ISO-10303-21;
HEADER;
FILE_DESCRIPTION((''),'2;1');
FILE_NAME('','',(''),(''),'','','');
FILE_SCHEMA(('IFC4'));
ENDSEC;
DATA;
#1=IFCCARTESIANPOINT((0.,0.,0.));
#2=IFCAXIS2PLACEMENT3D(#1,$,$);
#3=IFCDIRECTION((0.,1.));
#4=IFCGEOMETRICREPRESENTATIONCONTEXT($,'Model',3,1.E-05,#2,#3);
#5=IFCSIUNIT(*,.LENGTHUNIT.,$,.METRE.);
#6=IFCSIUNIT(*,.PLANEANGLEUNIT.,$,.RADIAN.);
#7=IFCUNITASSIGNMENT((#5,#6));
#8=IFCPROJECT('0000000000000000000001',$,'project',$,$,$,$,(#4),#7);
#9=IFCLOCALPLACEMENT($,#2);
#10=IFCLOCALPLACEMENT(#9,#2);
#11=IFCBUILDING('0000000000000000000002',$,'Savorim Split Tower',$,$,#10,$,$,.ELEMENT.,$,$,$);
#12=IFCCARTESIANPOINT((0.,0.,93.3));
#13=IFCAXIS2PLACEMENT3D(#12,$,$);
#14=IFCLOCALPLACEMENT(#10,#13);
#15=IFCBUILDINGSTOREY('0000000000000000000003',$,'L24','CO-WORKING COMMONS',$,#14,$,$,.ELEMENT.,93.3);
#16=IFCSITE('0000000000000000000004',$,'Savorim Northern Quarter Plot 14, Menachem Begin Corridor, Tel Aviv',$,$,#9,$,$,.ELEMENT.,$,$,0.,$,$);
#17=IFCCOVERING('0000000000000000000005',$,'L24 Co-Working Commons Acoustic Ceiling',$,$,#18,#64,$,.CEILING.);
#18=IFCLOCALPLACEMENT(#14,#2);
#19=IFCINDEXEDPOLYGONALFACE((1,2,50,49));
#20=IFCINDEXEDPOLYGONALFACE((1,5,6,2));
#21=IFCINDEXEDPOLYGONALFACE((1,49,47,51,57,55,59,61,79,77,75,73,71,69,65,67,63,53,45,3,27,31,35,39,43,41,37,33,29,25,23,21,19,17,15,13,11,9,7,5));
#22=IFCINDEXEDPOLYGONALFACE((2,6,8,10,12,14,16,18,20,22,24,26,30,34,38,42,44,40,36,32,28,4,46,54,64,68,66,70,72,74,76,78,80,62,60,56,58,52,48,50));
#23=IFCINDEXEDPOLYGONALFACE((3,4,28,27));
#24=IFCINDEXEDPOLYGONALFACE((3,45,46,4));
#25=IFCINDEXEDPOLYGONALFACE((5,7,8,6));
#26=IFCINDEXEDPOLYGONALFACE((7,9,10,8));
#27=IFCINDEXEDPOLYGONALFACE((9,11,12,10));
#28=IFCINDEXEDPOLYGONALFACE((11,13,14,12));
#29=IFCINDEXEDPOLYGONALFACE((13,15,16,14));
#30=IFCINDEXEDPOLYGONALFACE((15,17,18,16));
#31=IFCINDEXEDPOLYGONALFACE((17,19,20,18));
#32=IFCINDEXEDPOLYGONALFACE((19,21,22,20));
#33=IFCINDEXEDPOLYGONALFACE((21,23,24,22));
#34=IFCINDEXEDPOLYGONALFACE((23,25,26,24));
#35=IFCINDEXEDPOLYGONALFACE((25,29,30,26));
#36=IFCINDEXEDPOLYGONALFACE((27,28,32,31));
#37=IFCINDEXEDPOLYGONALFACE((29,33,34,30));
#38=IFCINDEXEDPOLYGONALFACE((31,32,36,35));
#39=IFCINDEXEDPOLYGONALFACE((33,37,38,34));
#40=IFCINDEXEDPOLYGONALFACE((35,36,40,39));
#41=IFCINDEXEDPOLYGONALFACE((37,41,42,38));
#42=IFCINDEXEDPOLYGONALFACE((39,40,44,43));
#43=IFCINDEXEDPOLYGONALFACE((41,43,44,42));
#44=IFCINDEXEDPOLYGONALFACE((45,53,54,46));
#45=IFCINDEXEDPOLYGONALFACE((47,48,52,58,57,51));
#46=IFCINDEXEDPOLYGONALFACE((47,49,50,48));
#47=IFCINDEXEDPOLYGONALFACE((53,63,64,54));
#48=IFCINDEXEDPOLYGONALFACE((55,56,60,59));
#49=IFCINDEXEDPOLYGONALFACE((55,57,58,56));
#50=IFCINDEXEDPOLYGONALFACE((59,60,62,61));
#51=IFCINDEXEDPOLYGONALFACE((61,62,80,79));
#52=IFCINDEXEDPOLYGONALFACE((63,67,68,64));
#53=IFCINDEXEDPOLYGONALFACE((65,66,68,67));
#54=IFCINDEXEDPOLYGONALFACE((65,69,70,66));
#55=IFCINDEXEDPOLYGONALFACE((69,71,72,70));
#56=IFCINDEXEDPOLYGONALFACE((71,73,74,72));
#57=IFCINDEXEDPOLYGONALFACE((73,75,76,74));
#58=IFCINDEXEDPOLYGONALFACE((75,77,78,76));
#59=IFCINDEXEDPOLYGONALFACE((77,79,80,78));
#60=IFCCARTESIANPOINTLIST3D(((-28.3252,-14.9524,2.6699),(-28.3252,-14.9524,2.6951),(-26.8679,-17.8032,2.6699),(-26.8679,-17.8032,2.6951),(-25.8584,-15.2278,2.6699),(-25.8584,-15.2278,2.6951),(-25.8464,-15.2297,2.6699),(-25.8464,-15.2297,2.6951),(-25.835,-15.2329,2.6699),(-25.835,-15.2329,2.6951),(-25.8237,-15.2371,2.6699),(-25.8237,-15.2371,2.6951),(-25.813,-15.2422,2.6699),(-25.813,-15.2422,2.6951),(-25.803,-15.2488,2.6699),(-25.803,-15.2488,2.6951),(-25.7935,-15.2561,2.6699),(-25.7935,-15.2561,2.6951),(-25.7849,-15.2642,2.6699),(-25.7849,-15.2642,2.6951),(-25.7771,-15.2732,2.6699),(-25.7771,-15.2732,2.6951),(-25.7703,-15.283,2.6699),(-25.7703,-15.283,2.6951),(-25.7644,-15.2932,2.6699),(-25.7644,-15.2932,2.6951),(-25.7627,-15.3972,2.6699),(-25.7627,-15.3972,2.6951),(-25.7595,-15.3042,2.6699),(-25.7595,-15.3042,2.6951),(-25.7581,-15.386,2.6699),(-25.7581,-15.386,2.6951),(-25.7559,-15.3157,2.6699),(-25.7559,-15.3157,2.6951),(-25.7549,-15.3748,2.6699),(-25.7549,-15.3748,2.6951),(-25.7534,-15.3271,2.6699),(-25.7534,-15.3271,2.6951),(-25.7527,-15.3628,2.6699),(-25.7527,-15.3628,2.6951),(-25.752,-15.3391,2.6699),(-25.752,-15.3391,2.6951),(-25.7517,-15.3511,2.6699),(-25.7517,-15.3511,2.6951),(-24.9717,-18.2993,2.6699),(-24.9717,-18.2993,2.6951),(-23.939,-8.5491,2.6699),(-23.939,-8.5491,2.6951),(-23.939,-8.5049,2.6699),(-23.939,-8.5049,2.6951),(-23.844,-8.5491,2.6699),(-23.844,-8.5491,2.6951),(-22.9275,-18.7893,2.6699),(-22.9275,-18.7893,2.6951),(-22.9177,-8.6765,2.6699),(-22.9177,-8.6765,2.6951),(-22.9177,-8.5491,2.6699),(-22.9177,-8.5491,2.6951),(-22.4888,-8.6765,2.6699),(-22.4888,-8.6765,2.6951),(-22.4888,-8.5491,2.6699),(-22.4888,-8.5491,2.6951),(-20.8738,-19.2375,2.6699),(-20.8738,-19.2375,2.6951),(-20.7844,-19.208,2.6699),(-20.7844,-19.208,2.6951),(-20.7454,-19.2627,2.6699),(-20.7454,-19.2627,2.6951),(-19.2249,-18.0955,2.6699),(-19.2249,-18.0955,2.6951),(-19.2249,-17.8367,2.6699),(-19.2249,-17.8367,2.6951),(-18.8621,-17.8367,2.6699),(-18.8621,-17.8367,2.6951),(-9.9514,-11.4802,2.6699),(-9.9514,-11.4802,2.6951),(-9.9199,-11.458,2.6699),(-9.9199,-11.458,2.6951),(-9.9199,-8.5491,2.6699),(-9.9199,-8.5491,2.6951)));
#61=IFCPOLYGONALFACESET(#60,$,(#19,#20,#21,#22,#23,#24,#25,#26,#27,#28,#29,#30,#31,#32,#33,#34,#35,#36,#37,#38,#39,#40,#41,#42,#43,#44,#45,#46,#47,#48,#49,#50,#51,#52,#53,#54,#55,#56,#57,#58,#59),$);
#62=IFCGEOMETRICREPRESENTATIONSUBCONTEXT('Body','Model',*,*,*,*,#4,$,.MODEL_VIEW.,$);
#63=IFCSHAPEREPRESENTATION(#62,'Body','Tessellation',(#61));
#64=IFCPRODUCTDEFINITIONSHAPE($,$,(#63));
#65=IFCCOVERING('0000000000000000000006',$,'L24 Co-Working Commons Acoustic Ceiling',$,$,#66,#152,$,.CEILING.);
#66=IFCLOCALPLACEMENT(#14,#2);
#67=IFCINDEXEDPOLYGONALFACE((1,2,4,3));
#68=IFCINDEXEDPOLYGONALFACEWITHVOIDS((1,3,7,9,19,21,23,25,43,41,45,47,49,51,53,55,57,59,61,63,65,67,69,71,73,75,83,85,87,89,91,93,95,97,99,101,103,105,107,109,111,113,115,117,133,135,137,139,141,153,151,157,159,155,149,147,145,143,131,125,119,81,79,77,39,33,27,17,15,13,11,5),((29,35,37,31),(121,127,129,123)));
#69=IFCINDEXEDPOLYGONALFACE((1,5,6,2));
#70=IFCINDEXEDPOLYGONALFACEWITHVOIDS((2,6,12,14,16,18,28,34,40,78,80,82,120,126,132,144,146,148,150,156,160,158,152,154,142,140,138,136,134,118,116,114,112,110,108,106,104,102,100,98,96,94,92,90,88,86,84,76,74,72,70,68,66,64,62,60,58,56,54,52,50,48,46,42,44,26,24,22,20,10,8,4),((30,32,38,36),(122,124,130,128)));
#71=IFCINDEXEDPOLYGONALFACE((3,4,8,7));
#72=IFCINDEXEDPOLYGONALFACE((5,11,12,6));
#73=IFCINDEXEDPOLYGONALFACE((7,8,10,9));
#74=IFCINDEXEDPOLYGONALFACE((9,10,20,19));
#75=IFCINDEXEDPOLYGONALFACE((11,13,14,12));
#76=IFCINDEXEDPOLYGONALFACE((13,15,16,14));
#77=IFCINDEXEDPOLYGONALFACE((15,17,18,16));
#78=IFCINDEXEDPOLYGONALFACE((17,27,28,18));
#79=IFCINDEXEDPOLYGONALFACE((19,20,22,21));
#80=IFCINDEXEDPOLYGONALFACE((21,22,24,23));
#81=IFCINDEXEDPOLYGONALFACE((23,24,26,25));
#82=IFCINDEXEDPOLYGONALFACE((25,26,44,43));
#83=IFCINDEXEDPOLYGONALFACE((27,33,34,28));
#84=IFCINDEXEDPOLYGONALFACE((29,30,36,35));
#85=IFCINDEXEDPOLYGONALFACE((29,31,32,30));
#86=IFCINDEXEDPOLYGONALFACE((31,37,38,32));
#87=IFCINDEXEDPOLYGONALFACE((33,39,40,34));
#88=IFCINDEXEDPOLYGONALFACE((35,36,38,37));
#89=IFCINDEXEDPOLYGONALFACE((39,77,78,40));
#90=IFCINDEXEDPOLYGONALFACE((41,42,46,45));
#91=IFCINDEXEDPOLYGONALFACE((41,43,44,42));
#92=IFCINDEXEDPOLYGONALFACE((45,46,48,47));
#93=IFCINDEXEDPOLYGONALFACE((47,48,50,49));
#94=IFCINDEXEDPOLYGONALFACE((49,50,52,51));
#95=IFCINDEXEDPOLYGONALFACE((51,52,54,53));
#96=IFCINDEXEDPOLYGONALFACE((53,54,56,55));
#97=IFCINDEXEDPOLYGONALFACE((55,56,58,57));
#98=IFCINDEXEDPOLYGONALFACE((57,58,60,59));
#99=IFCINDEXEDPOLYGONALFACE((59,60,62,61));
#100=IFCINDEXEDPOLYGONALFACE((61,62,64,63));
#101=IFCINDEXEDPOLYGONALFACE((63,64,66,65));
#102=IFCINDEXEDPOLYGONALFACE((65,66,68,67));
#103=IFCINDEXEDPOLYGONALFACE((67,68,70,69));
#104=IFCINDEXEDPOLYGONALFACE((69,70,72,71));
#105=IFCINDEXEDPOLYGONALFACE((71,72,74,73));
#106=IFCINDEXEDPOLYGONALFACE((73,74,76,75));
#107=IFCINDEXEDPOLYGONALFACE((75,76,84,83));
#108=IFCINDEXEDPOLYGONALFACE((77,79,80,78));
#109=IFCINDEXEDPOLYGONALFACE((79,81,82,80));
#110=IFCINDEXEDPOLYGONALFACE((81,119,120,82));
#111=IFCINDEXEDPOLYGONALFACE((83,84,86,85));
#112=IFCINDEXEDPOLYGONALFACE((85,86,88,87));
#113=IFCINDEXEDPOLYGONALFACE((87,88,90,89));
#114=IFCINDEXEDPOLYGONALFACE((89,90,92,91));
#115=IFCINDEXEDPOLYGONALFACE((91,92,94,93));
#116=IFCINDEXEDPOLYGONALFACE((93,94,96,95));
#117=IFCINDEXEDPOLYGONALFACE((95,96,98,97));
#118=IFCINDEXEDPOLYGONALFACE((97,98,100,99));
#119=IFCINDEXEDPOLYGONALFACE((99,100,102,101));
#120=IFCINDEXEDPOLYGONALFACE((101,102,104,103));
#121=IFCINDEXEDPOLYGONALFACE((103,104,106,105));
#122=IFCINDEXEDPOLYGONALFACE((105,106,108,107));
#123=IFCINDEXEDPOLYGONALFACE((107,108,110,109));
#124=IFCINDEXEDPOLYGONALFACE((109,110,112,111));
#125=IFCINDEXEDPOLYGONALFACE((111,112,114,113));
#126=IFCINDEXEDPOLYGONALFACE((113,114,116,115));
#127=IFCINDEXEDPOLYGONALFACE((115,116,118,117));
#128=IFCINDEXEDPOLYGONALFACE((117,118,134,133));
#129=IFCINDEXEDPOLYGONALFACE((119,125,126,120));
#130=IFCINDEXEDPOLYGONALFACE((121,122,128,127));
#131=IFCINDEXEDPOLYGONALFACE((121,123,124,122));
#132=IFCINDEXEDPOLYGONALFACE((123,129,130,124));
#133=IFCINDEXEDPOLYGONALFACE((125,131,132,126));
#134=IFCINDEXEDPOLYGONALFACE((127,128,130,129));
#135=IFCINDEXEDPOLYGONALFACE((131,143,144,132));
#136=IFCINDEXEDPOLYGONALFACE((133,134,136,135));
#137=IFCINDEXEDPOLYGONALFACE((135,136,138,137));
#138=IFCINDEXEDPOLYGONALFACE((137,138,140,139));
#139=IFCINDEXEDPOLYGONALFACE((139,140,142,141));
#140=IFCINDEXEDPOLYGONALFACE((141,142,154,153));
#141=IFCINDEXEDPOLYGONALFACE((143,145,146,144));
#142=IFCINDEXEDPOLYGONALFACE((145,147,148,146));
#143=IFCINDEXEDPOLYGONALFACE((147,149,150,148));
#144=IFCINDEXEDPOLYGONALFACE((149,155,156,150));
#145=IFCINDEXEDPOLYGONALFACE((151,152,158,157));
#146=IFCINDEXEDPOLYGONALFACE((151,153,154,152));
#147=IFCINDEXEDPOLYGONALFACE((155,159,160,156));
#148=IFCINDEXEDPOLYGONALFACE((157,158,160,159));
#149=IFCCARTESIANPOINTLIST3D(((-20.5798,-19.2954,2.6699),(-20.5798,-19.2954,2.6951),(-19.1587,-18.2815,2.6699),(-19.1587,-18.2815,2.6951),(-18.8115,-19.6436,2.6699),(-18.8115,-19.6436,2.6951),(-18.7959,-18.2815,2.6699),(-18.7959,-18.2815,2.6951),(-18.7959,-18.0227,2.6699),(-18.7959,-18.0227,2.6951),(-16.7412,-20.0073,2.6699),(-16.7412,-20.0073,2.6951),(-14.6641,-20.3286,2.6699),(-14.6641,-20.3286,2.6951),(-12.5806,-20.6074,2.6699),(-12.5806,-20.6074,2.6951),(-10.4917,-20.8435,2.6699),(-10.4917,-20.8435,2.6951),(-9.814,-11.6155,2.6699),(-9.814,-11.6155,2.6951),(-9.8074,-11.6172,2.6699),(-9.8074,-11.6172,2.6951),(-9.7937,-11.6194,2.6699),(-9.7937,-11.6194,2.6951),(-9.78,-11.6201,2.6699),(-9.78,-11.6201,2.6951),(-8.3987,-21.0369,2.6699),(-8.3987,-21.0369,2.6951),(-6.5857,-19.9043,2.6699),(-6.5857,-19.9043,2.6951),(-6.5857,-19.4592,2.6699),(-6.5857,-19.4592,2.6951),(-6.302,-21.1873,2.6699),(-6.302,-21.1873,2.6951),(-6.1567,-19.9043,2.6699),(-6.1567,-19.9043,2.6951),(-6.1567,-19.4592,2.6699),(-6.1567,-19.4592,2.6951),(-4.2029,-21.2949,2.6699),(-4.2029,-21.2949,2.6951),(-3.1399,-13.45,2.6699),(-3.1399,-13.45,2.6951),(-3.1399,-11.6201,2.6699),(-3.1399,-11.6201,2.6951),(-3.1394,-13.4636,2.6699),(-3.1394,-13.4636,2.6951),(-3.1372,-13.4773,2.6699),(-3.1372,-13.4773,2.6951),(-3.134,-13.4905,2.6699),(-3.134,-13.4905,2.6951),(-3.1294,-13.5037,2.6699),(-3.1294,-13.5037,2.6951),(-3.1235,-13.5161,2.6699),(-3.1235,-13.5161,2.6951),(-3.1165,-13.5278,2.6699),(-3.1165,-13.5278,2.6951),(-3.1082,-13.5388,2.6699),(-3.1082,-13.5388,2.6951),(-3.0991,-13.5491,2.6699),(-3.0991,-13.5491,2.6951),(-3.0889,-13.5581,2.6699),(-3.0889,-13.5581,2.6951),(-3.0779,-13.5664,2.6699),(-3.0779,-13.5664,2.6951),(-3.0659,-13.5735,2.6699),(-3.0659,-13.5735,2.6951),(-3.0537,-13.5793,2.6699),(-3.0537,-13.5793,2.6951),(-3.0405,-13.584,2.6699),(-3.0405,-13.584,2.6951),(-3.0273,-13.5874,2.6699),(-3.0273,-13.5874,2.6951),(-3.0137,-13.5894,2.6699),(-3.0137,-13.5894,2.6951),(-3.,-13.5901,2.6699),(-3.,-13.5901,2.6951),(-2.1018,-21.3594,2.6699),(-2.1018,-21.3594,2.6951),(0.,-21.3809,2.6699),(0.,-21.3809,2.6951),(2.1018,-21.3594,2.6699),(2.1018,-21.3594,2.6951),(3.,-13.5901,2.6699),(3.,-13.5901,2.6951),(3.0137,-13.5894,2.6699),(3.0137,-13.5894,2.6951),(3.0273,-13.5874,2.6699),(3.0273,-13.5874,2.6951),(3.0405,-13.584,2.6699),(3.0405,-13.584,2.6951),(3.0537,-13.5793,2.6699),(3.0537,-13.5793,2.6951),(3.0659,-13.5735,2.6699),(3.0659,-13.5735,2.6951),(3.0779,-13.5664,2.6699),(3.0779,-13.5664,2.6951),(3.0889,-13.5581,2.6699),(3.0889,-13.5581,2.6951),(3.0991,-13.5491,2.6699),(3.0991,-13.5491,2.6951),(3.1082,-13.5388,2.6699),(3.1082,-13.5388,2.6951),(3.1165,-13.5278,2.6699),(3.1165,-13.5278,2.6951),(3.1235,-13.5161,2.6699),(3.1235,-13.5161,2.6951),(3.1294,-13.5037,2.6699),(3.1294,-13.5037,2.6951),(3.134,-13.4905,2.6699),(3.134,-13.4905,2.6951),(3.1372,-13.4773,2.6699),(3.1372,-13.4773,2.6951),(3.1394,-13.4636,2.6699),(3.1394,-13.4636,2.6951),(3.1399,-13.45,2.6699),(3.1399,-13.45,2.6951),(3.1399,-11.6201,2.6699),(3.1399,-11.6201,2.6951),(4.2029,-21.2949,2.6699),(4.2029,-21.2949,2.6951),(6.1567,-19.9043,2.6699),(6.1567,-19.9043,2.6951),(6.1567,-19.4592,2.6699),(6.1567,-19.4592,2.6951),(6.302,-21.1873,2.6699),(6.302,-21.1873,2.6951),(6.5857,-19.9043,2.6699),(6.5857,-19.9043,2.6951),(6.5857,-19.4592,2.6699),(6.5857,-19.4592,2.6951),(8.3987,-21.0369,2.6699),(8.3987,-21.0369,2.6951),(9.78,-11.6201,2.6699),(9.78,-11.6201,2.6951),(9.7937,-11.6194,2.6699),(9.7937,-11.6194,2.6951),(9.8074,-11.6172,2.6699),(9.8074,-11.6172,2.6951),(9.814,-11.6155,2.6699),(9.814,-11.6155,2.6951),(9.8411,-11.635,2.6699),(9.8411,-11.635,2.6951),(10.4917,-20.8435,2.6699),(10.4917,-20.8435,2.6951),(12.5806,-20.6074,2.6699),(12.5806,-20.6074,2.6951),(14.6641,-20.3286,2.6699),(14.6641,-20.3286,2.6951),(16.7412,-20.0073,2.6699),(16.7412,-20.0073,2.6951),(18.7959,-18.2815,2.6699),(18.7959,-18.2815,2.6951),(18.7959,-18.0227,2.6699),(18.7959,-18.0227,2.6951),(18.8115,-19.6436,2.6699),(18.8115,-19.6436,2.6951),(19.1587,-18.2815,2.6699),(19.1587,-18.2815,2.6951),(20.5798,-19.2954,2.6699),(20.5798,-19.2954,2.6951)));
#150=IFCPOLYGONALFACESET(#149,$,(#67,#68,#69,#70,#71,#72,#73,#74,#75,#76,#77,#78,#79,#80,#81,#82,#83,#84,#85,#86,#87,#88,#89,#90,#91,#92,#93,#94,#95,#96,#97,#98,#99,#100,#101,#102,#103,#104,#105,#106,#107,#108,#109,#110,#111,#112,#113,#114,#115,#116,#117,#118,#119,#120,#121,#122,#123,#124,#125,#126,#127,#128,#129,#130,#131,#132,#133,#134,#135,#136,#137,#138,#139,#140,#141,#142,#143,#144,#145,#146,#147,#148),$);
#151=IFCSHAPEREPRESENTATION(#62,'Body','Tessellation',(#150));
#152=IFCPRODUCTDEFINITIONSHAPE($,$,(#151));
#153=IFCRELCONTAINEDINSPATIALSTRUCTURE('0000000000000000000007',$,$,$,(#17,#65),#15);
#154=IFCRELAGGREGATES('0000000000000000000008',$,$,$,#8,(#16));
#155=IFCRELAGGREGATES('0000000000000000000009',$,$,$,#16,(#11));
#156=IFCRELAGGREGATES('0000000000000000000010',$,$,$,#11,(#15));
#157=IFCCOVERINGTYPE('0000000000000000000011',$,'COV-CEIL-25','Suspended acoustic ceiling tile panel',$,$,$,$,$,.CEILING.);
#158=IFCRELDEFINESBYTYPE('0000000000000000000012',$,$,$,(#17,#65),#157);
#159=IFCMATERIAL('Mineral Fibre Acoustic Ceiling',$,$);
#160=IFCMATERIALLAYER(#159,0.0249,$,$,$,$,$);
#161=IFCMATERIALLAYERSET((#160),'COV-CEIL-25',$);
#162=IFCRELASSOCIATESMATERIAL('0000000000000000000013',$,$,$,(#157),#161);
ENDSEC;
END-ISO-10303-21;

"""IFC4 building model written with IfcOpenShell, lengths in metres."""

from ifc_helpers import new_model, si_unit, direction, frame, origin, place, context, subcontext, project, spatial, polyline, outline, extrude, material, layer, layer_set, type_object, element, save


model = new_model("IFC4")

# Units and contexts
model_context = context("Model", 3, precision=1e-05, world=origin(), true_north=direction((0.0, 1.0)))
body_context = subcontext(model_context, "Body", "Model", "MODEL_VIEW")
ifc_project = project(units=[si_unit("LENGTHUNIT", "METRE"), si_unit("PLANEANGLEUNIT", "RADIAN")], contexts=[model_context])

# Site, building, storey
site_placement = place(None, origin())
site = spatial("IfcSite", under=ifc_project, at=site_placement, Name="Savorim Northern Quarter Plot 14, Menachem Begin Corridor, Tel Aviv", CompositionType="ELEMENT", RefElevation=0.0)
building_placement = place(site_placement, origin())
building = spatial("IfcBuilding", under=site, at=building_placement, Name="Savorim Split Tower", CompositionType="ELEMENT")
storey_placement = place(building_placement, frame((0.0, 0.0, 93.3)))
storey = spatial("IfcBuildingStorey", under=building, at=storey_placement, Name="L24", Description="CO-WORKING COMMONS", CompositionType="ELEMENT", Elevation=93.3)

# Coverings
ifc_material_1 = material(Name="Mineral Fibre Acoustic Ceiling")
ifc_layer_1 = layer(ifc_material_1, 0.0249)
ifc_layer_set_1 = layer_set([ifc_layer_1], Name="COV-CEIL-25")
covering_type_1 = type_object("IfcCoveringType", Name="COV-CEIL-25", Description="Suspended acoustic ceiling tile panel", PredefinedType="CEILING", material=ifc_layer_set_1)
covering_1_placement = place(storey_placement, frame((0.0, 0.0, 2.6699)))
element("IfcCovering", 1, at=covering_1_placement, inside=storey, type_object=covering_type_1, Name="L24 Co-Working Commons Acoustic Ceiling", PredefinedType="CEILING", context=body_context, shape_type="SweptSolid", body=[
    extrude(outline(polyline([(-25.752, -15.3391), (-25.7517, -15.3511), (-25.7527, -15.3628), (-25.7549, -15.3748), (-25.7581, -15.386), (-25.7627, -15.3972), (-26.8679, -17.8032), (-24.9717, -18.2993), (-22.9275, -18.7893), (-20.8738, -19.2375), (-20.7454, -19.2627), (-20.7844, -19.208), (-19.2249, -18.0955), (-19.2249, -17.8367), (-18.8621, -17.8367), (-9.9514, -11.4802), (-9.9199, -11.458), (-9.9199, -8.5491), (-22.4888, -8.5491), (-22.4888, -8.6765), (-22.9177, -8.6765), (-22.9177, -8.5491), (-23.844, -8.5491), (-23.939, -8.5491), (-23.939, -8.5049), (-28.3252, -14.9524), (-25.8584, -15.2278), (-25.8464, -15.2297), (-25.835, -15.2329), (-25.8237, -15.2371), (-25.813, -15.2422), (-25.803, -15.2488), (-25.7935, -15.2561), (-25.7849, -15.2642), (-25.7771, -15.2732), (-25.7703, -15.283), (-25.7644, -15.2932), (-25.7595, -15.3042), (-25.7559, -15.3157), (-25.7534, -15.3271), (-25.752, -15.3391)])), origin(), (0.0, 0.0, 1.0), 0.0251),
])
covering_2_placement = place(storey_placement, frame((0.0, 0.0, 2.6699)))
element("IfcCovering", 2, at=covering_2_placement, inside=storey, type_object=covering_type_1, Name="L24 Co-Working Commons Acoustic Ceiling", PredefinedType="CEILING", context=body_context, shape_type="SweptSolid", body=[
    extrude(outline(polyline([(12.5806, -20.6074), (14.6641, -20.3286), (16.7412, -20.0073), (18.8115, -19.6436), (20.5798, -19.2954), (19.1587, -18.2815), (18.7959, -18.2815), (18.7959, -18.0227), (9.8411, -11.635), (9.814, -11.6155), (9.8074, -11.6172), (9.7937, -11.6194), (9.78, -11.6201), (3.1399, -11.6201), (3.1399, -13.45), (3.1394, -13.4636), (3.1372, -13.4773), (3.134, -13.4905), (3.1294, -13.5037), (3.1235, -13.5161), (3.1165, -13.5278), (3.1082, -13.5388), (3.0991, -13.5491), (3.0889, -13.5581), (3.0779, -13.5664), (3.0659, -13.5735), (3.0537, -13.5793), (3.0405, -13.584), (3.0273, -13.5874), (3.0137, -13.5894), (3.0, -13.5901), (-3.0, -13.5901), (-3.0137, -13.5894), (-3.0273, -13.5874), (-3.0405, -13.584), (-3.0537, -13.5793), (-3.0659, -13.5735), (-3.0779, -13.5664), (-3.0889, -13.5581), (-3.0991, -13.5491), (-3.1082, -13.5388), (-3.1165, -13.5278), (-3.1235, -13.5161), (-3.1294, -13.5037), (-3.134, -13.4905), (-3.1372, -13.4773), (-3.1394, -13.4636), (-3.1399, -13.45), (-3.1399, -11.6201), (-9.78, -11.6201), (-9.7937, -11.6194), (-9.8074, -11.6172), (-9.814, -11.6155), (-18.7959, -18.0227), (-18.7959, -18.2815), (-19.1587, -18.2815), (-20.5798, -19.2954), (-18.8115, -19.6436), (-16.7412, -20.0073), (-14.6641, -20.3286), (-12.5806, -20.6074), (-10.4917, -20.8435), (-8.3987, -21.0369), (-6.302, -21.1873), (-4.2029, -21.2949), (-2.1018, -21.3594), (0.0, -21.3809), (2.1018, -21.3594), (4.2029, -21.2949), (6.302, -21.1873), (8.3987, -21.0369), (10.4917, -20.8435), (12.5806, -20.6074)]), holes=[polyline([(-6.5857, -19.9043), (-6.1567, -19.9043), (-6.1567, -19.4592), (-6.5857, -19.4592), (-6.5857, -19.9043)]), polyline([(6.1567, -19.9043), (6.5857, -19.9043), (6.5857, -19.4592), (6.1567, -19.4592), (6.1567, -19.9043)])]), origin(), (0.0, 0.0, 1.0), 0.0251),
])

save(model, "model.ifc")
